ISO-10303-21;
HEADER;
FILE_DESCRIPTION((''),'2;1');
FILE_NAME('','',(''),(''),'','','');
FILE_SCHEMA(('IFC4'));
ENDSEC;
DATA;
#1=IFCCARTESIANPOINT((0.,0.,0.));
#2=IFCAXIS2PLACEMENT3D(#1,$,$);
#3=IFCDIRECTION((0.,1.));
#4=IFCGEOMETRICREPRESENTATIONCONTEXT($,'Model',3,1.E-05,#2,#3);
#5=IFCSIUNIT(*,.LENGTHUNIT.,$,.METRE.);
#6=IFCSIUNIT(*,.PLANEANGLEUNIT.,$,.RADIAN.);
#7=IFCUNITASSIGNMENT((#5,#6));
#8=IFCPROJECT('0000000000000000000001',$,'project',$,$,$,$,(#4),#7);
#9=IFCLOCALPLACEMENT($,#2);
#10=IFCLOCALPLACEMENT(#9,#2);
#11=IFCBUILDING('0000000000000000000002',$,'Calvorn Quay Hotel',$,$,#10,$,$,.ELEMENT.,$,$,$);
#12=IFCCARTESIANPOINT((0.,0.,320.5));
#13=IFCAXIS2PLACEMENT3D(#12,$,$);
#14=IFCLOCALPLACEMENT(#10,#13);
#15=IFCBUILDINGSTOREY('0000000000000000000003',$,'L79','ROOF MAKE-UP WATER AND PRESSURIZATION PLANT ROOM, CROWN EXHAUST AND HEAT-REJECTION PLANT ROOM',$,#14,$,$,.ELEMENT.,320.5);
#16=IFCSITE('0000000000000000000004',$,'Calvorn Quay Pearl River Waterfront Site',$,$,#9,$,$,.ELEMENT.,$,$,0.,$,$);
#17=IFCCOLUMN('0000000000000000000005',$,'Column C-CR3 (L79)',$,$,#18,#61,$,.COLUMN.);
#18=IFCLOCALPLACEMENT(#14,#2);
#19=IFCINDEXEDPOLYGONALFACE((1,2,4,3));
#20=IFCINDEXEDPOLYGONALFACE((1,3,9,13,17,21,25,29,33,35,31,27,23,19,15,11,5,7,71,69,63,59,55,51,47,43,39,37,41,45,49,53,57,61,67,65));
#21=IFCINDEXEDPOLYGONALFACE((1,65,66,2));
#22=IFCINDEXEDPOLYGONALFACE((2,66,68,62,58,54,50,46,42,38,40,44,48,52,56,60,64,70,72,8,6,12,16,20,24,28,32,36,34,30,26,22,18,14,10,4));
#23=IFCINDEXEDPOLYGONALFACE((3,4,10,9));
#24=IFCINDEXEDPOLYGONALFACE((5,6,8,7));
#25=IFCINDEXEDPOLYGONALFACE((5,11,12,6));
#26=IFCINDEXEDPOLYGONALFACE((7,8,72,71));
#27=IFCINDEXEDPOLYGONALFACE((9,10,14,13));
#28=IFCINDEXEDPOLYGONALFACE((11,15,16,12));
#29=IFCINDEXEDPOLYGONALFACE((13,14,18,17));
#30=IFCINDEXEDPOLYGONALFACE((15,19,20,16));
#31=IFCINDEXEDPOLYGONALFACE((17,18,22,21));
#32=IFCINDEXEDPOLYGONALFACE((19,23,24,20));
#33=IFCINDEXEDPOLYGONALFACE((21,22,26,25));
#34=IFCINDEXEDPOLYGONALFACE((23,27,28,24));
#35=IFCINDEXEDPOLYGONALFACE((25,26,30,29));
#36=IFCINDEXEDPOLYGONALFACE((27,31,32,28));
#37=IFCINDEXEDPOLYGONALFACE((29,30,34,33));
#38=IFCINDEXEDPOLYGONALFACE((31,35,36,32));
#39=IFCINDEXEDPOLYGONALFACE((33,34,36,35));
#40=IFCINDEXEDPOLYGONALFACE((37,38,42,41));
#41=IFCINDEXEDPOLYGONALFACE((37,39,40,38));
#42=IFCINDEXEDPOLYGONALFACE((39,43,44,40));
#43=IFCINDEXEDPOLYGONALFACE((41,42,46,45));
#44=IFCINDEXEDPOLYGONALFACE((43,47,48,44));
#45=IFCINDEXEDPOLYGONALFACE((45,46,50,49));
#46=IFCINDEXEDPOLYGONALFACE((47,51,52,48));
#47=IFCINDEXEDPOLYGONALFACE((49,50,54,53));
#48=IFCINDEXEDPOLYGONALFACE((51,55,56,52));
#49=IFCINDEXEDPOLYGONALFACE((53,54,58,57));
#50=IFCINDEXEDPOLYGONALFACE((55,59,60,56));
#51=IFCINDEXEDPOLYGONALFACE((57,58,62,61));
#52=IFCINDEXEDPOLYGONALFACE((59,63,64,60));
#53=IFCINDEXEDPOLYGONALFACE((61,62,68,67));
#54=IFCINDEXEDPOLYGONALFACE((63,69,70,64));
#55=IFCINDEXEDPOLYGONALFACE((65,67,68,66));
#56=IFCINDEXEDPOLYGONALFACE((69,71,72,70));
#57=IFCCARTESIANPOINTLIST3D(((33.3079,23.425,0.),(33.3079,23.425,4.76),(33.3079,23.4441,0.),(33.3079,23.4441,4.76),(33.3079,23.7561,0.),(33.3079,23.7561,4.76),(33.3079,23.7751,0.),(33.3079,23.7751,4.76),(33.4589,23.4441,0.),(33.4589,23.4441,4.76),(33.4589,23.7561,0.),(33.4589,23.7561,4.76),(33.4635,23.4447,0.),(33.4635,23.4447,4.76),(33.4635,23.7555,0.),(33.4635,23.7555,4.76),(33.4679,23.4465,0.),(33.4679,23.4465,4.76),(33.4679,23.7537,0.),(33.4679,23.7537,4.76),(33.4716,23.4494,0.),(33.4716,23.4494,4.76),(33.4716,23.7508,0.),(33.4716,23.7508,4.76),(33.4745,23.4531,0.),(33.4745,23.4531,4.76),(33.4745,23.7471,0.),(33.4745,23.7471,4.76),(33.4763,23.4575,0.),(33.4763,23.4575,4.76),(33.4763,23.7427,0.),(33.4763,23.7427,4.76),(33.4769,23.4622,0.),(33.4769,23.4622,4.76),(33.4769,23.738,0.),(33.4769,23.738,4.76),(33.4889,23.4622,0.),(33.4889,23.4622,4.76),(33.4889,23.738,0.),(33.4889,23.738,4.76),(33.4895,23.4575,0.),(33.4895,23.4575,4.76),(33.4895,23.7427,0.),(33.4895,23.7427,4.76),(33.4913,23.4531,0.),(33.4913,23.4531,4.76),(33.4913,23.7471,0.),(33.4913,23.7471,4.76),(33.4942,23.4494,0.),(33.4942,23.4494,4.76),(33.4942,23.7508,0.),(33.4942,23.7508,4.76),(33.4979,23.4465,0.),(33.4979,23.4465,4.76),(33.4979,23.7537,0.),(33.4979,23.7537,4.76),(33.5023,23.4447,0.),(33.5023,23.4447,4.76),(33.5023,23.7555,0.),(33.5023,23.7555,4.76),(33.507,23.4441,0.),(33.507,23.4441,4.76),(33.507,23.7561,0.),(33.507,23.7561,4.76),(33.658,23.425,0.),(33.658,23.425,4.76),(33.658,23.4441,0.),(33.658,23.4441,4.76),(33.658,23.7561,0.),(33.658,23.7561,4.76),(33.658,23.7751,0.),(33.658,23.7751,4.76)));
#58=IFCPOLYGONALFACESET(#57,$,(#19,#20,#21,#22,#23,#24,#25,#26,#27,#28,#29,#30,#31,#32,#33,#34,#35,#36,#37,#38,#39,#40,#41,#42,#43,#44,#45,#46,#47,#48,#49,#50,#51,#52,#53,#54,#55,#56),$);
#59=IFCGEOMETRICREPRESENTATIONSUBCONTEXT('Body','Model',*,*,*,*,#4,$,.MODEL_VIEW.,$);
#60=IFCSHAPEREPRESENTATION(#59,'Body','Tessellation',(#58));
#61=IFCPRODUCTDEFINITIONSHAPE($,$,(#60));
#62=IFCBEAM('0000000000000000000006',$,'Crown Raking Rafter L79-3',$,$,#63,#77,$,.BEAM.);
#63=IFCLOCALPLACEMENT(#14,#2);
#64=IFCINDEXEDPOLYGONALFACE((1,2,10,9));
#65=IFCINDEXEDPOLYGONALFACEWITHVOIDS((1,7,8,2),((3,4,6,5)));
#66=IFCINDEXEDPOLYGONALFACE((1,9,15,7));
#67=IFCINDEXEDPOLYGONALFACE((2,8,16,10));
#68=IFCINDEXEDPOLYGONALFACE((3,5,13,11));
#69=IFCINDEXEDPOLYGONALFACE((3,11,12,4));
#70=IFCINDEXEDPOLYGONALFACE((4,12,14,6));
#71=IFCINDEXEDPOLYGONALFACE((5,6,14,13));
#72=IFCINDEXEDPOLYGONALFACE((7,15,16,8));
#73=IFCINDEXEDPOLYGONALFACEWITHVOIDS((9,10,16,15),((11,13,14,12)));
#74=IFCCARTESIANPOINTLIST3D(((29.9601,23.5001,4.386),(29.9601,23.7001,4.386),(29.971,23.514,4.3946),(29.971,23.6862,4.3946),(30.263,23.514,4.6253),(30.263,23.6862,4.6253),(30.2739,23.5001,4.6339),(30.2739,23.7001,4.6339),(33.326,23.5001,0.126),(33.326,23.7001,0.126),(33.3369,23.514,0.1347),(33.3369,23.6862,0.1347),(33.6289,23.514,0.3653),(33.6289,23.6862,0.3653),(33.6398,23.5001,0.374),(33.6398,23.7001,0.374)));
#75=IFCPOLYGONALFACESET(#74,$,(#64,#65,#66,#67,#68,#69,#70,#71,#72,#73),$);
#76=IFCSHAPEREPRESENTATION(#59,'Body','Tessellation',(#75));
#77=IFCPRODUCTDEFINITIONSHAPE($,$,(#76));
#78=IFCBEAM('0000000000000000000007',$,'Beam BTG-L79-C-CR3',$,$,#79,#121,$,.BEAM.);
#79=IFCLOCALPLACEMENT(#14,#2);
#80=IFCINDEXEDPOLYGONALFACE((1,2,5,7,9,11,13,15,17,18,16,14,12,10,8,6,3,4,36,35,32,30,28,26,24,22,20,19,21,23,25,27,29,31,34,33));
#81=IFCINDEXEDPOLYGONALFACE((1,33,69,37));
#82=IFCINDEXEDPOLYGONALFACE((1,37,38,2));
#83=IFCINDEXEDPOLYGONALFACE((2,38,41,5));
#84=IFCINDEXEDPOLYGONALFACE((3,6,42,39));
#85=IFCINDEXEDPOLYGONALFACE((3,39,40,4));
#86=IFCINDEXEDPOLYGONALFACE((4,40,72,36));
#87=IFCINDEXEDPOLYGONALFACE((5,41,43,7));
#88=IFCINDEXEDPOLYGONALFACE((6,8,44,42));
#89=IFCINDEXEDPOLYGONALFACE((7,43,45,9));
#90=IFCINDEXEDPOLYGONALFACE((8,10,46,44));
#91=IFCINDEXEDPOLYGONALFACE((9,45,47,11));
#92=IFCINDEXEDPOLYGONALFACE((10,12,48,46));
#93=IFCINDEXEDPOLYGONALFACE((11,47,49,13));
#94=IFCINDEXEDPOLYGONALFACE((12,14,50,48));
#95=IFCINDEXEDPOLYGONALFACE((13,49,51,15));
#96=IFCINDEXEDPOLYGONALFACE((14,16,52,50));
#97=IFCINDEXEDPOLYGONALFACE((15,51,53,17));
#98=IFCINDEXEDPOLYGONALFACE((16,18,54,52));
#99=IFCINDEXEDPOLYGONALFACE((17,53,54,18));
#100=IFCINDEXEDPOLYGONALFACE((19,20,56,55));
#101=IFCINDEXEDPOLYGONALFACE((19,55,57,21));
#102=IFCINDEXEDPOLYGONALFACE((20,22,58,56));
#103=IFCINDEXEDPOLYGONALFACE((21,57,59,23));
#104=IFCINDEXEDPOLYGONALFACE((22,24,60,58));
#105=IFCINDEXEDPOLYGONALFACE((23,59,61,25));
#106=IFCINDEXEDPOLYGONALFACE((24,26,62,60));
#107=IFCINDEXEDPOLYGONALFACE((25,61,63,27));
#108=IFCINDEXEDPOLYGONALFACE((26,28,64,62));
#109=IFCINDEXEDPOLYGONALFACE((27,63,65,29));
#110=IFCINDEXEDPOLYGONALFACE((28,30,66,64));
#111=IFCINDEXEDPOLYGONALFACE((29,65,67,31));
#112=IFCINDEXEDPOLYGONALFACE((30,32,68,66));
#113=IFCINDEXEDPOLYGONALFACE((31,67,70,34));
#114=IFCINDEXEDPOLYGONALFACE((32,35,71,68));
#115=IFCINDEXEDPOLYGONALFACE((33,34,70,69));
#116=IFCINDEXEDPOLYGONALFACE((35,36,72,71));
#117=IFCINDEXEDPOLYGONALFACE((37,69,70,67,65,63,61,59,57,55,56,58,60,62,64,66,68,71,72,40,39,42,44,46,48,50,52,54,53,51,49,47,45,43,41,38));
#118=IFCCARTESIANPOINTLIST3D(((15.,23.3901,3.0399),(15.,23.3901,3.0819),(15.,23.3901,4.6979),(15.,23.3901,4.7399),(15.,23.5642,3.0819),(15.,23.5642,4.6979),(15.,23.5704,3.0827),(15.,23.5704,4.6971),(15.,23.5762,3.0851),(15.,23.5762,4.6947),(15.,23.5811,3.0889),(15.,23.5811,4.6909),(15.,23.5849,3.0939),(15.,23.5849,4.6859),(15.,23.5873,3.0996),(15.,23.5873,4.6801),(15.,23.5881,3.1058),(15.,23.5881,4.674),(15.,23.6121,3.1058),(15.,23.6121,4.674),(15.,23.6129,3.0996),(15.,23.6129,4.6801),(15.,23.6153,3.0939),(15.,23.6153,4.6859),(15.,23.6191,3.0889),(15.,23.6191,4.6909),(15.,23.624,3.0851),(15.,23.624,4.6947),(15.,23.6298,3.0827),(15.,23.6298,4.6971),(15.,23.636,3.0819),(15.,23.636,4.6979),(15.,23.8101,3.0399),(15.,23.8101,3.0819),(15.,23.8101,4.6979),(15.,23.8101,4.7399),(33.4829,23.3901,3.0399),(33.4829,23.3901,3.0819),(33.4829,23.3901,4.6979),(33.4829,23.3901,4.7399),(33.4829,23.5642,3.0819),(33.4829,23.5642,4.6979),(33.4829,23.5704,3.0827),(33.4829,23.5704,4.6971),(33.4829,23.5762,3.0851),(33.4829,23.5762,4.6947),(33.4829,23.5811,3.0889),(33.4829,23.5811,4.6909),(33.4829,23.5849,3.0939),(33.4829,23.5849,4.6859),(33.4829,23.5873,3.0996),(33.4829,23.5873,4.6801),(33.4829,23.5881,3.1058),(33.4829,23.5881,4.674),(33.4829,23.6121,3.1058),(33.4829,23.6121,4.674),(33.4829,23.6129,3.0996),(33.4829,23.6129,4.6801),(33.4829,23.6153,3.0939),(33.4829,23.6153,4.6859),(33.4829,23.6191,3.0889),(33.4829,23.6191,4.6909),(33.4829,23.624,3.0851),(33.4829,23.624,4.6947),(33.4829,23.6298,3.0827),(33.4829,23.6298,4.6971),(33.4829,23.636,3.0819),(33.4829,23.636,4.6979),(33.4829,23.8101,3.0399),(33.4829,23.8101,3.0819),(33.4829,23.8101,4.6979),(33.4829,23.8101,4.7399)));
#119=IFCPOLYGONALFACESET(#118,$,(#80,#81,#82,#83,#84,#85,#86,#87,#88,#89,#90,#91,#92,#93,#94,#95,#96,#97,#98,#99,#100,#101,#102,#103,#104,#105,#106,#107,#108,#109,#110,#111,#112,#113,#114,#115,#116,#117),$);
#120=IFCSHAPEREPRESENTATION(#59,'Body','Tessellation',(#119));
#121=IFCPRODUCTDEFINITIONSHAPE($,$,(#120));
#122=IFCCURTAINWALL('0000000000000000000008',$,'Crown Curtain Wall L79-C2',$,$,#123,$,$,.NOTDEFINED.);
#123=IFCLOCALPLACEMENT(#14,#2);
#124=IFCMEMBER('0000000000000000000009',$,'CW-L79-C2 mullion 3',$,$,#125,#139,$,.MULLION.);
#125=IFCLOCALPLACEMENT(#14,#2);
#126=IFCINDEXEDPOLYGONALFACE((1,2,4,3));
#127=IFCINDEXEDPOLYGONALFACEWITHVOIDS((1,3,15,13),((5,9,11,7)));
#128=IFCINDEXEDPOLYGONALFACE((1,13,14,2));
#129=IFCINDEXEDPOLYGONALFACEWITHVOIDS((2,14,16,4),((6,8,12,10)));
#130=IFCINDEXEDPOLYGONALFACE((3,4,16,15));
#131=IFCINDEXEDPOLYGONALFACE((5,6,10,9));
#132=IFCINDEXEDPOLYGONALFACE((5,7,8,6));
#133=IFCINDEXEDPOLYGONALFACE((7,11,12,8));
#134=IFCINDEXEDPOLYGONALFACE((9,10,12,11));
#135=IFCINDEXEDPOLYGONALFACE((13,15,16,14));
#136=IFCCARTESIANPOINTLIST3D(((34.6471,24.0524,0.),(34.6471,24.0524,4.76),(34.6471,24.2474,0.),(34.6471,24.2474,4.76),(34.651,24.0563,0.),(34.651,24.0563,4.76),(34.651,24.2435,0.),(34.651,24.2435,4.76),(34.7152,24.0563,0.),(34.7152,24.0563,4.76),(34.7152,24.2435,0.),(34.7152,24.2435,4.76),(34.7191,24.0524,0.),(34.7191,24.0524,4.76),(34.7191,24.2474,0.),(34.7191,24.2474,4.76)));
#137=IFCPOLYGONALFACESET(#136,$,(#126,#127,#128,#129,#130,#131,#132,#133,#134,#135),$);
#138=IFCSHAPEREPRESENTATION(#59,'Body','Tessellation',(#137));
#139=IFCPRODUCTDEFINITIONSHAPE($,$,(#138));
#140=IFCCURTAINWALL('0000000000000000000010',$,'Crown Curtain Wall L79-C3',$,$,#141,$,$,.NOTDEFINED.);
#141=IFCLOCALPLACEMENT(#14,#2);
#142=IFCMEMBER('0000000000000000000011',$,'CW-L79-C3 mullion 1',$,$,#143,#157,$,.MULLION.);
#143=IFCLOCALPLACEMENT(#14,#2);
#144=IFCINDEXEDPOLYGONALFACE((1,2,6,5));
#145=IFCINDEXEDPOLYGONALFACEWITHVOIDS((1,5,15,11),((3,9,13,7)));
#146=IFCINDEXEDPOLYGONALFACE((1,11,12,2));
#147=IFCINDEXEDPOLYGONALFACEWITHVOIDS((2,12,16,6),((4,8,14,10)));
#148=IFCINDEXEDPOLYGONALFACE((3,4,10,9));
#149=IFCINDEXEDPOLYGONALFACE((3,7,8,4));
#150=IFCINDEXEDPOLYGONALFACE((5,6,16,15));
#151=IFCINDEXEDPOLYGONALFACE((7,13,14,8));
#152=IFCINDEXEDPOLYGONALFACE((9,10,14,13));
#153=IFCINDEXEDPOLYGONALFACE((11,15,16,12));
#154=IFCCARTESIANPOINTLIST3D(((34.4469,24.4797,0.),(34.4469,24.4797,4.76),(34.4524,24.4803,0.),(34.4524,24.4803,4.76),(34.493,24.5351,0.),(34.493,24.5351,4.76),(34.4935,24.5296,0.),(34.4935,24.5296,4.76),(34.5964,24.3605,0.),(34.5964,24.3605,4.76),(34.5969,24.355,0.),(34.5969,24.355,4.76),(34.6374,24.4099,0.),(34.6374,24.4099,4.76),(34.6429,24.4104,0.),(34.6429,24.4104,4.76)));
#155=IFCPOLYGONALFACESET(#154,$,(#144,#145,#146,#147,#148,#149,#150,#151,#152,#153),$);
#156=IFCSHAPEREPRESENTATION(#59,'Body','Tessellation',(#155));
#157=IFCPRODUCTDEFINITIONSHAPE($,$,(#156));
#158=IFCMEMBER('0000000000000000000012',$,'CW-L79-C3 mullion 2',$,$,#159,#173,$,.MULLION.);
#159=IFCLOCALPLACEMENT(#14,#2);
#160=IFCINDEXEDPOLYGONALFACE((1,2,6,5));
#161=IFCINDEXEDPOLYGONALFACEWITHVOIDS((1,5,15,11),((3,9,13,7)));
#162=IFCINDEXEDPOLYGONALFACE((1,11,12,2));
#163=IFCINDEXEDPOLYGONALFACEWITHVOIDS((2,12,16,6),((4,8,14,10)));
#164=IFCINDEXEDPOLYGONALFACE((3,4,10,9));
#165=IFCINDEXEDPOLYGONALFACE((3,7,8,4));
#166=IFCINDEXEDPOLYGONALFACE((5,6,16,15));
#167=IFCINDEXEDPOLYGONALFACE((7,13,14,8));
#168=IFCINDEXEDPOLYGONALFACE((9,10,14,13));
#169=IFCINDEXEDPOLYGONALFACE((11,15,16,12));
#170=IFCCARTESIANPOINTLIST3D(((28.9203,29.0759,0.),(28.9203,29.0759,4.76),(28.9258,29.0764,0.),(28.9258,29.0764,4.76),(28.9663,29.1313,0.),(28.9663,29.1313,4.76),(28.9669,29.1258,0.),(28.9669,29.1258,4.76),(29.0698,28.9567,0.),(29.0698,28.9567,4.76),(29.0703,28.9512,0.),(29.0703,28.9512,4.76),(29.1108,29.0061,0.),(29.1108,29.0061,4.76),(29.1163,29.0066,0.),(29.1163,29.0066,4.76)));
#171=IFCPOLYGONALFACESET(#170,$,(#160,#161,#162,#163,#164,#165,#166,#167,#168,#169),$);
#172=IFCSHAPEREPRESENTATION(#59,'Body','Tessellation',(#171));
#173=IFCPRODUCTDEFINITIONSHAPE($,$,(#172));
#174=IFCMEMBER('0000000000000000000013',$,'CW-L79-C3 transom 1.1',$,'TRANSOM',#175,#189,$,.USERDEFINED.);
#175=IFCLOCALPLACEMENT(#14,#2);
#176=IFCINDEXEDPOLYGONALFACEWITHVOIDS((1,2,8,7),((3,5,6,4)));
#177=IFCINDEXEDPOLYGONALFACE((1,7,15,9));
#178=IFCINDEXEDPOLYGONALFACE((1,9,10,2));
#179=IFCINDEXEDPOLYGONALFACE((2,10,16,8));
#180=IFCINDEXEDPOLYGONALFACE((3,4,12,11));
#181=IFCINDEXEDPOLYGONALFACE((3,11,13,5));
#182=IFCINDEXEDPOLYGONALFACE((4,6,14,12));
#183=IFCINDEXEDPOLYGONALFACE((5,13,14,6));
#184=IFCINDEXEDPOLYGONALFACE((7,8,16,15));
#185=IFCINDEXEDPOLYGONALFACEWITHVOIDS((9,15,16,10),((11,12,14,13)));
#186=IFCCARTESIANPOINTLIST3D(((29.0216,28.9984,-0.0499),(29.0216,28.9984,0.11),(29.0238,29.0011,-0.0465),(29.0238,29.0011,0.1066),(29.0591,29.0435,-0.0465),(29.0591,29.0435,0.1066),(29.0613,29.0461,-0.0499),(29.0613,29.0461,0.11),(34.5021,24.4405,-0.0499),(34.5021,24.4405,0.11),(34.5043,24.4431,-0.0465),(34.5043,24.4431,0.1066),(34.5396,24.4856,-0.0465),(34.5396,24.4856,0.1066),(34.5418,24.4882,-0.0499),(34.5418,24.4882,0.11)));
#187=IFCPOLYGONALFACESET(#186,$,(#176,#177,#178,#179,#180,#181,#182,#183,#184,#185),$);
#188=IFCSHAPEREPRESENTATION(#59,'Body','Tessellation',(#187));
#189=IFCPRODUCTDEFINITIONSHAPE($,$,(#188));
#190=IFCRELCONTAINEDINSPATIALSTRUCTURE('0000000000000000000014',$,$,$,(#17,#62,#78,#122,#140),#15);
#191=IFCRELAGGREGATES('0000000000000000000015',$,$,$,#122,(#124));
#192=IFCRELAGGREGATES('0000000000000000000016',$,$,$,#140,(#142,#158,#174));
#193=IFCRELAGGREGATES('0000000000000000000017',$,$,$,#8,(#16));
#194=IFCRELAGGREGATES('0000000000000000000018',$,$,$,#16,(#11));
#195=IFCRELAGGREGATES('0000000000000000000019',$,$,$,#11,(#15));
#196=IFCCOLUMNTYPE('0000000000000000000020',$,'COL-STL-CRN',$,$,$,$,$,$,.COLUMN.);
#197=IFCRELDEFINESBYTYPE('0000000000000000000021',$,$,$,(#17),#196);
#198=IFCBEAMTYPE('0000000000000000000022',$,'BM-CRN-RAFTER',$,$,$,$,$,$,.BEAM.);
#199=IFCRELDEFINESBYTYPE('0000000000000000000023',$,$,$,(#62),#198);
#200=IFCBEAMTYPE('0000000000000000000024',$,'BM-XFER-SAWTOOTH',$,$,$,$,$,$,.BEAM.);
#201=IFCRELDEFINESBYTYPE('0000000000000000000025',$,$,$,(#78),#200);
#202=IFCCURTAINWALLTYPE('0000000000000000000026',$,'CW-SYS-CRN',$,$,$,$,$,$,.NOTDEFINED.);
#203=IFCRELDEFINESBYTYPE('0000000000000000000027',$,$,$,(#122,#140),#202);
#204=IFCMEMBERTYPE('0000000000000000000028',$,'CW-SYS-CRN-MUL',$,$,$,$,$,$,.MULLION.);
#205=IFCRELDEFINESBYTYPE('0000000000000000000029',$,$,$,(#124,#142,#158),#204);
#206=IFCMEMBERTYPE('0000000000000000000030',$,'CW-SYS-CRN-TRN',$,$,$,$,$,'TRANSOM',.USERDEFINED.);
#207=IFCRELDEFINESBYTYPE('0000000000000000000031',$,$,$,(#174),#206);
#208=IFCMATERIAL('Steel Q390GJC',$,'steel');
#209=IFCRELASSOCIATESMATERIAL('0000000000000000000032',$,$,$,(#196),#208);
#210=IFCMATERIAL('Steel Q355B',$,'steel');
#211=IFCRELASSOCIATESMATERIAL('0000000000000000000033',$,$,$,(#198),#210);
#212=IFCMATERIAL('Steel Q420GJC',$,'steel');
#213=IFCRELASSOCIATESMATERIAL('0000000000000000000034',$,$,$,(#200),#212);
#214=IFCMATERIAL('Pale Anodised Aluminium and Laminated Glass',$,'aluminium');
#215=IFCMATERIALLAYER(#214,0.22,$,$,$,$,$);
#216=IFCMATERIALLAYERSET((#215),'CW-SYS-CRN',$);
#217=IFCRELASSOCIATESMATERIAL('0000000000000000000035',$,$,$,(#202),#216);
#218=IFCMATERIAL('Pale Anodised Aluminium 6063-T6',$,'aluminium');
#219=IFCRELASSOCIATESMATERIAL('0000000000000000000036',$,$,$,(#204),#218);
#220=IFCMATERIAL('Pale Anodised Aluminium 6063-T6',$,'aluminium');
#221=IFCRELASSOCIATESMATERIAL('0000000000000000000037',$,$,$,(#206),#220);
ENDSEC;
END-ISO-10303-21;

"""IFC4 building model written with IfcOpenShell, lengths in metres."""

from ifc_helpers import new_model, si_unit, direction, frame, origin, origin_2d, place, context, subcontext, project, spatial, hollow_rectangle, i_section, extrude, material, layer, layer_set, material_profile, profile_set, type_object, element, aggregate, save


model = new_model("IFC4")

# Units and contexts
model_context = context("Model", 3, precision=1e-05, world=origin(), true_north=direction((0.0, 1.0)))
body_context = subcontext(model_context, "Body", "Model", "MODEL_VIEW")
ifc_project = project(units=[si_unit("LENGTHUNIT", "METRE"), si_unit("PLANEANGLEUNIT", "RADIAN")], contexts=[model_context])

# Site, building, storey
site_placement = place(None, origin())
site = spatial("IfcSite", under=ifc_project, at=site_placement, Name="Calvorn Quay Pearl River Waterfront Site", CompositionType="ELEMENT", RefElevation=0.0)
building_placement = place(site_placement, origin())
building = spatial("IfcBuilding", under=site, at=building_placement, Name="Calvorn Quay Hotel", CompositionType="ELEMENT")
storey_placement = place(building_placement, frame((0.0, 0.0, 320.5)))
storey = spatial("IfcBuildingStorey", under=building, at=storey_placement, Name="L79", Description="ROOF MAKE-UP WATER AND PRESSURIZATION PLANT ROOM, CROWN EXHAUST AND HEAT-REJECTION PLANT ROOM", CompositionType="ELEMENT", Elevation=320.5)

# Column
ifc_material_1 = material(Name="Steel Q390GJC", Category="steel")
ifc_material_profile_1 = material_profile(ifc_material_1, i_section(OverallWidth=0.3501, OverallDepth=0.3501, WebThickness=0.012, FlangeThickness=0.019, FilletRadius=0.0181, at=origin_2d()), Name="HW350x350x12x19")
ifc_profile_set_1 = profile_set([ifc_material_profile_1], Name="Steel Q390GJC")
column_type = type_object("IfcColumnType", Name="COL-STL-CRN", PredefinedType="COLUMN", material=ifc_profile_set_1)
column_placement = place(storey_placement, frame((33.4829, 23.6001, 0.0), z_axis=(0.0, 0.0, 1.0), x_axis=(1.0, 0.0, 0.0)))
element("IfcColumn", 1, at=column_placement, inside=storey, type_object=column_type, Name="Column C-CR3 (L79)", PredefinedType="COLUMN", context=body_context, shape_type="SweptSolid", body=[
    extrude(i_section(OverallWidth=0.3501, OverallDepth=0.3501, WebThickness=0.012, FlangeThickness=0.019, FilletRadius=0.0181, at=origin_2d()), origin(), (0.0, 0.0, 1.0), 4.76),
])

# Beams
ifc_material_2 = material(Name="Steel Q355B", Category="steel")
ifc_material_profile_2 = material_profile(ifc_material_2, hollow_rectangle(XDim=0.2, YDim=0.3999, WallThickness=0.0139, at=origin_2d()), Name="RHS400x200x14")
ifc_profile_set_2 = profile_set([ifc_material_profile_2], Name="Steel Q355B")
beam_type_1 = type_object("IfcBeamType", Name="BM-CRN-RAFTER", PredefinedType="BEAM", material=ifc_profile_set_2)
beam_1_placement = place(storey_placement, frame((33.4829, 23.6001, 0.25), z_axis=(-0.619962, 0.0, 0.784632), x_axis=(0.0, -1.0, 0.0)))
element("IfcBeam", 2, at=beam_1_placement, inside=storey, type_object=beam_type_1, Name="Crown Raking Rafter L79-3", PredefinedType="BEAM", context=body_context, shape_type="SweptSolid", body=[
    extrude(hollow_rectangle(XDim=0.2, YDim=0.3999, WallThickness=0.0139, at=origin_2d()), origin(), (0.0, 0.0, 1.0), 5.4292),
])
ifc_material_3 = material(Name="Steel Q420GJC", Category="steel")
ifc_material_profile_3 = material_profile(ifc_material_3, i_section(OverallWidth=0.4199, OverallDepth=1.7, WebThickness=0.0239, FlangeThickness=0.042, FilletRadius=0.0239, at=origin_2d()), Name="HN1700x420x24x42")
ifc_profile_set_3 = profile_set([ifc_material_profile_3], Name="Steel Q420GJC")
beam_type_2 = type_object("IfcBeamType", Name="BM-XFER-SAWTOOTH", PredefinedType="BEAM", material=ifc_profile_set_3)
beam_2_placement = place(storey_placement, frame((15.0, 23.6001, 3.8899), z_axis=(1.0, 0.0, 0.0), x_axis=(0.0, 1.0, 0.0)))
element("IfcBeam", 3, at=beam_2_placement, inside=storey, type_object=beam_type_2, Name="Beam BTG-L79-C-CR3", PredefinedType="BEAM", context=body_context, shape_type="SweptSolid", body=[
    extrude(i_section(OverallWidth=0.4199, OverallDepth=1.7, WebThickness=0.0239, FlangeThickness=0.042, FilletRadius=0.0239, at=origin_2d()), origin(), (0.0, 0.0, 1.0), 18.4829),
])

# Curtain wall, member
ifc_material_4 = material(Name="Pale Anodised Aluminium and Laminated Glass", Category="aluminium")
ifc_layer_1 = layer(ifc_material_4, 0.22)
ifc_layer_set_1 = layer_set([ifc_layer_1], Name="CW-SYS-CRN")
curtain_wall_type = type_object("IfcCurtainWallType", Name="CW-SYS-CRN", PredefinedType="NOTDEFINED", material=ifc_layer_set_1)
curtain_wall_1_placement = place(storey_placement, origin())
curtain_wall_1 = element("IfcCurtainWall", 4, at=curtain_wall_1_placement, inside=storey, type_object=curtain_wall_type, Name="Crown Curtain Wall L79-C2", PredefinedType="NOTDEFINED")
ifc_material_5 = material(Name="Pale Anodised Aluminium 6063-T6", Category="aluminium")
ifc_material_profile_4 = material_profile(ifc_material_5, hollow_rectangle(XDim=0.072, YDim=0.1951, WallThickness=0.0039, at=origin_2d()), Name="ALU-M195x72x4")
ifc_profile_set_4 = profile_set([ifc_material_profile_4], Name="Pale Anodised Aluminium 6063-T6")
member_type_1 = type_object("IfcMemberType", Name="CW-SYS-CRN-MUL", PredefinedType="MULLION", material=ifc_profile_set_4)
member_1_placement = place(storey_placement, frame((34.6831, 24.1499, 0.0), z_axis=(0.0, 0.0, 1.0), x_axis=(-1.0, 0.0, 0.0)))
member_1 = element("IfcMember", 5, at=member_1_placement, type_object=member_type_1, Name="CW-L79-C2 mullion 3", PredefinedType="MULLION", context=body_context, shape_type="SweptSolid", body=[
    extrude(hollow_rectangle(XDim=0.072, YDim=0.1951, WallThickness=0.0039, at=origin_2d()), origin(), (0.0, 0.0, 1.0), 4.76),
])

# Curtain wall, members
curtain_wall_2_placement = place(storey_placement, origin())
curtain_wall_2 = element("IfcCurtainWall", 6, at=curtain_wall_2_placement, inside=storey, type_object=curtain_wall_type, Name="Crown Curtain Wall L79-C3", PredefinedType="NOTDEFINED")
member_2_placement = place(storey_placement, frame((34.5449, 24.4451, 0.0), z_axis=(0.0, 0.0, 1.0), x_axis=(-0.639416, -0.768861, 0.0)))
member_2 = element("IfcMember", 7, at=member_2_placement, type_object=member_type_1, Name="CW-L79-C3 mullion 1", PredefinedType="MULLION", context=body_context, shape_type="SweptSolid", body=[
    extrude(hollow_rectangle(XDim=0.072, YDim=0.1951, WallThickness=0.0039, at=origin_2d()), origin(), (0.0, 0.0, 1.0), 4.76),
])
member_3_placement = place(storey_placement, frame((29.0183, 29.0413, 0.0), z_axis=(0.0, 0.0, 1.0), x_axis=(-0.639416, -0.768861, 0.0)))
member_3 = element("IfcMember", 8, at=member_3_placement, type_object=member_type_1, Name="CW-L79-C3 mullion 2", PredefinedType="MULLION", context=body_context, shape_type="SweptSolid", body=[
    extrude(hollow_rectangle(XDim=0.072, YDim=0.1951, WallThickness=0.0039, at=origin_2d()), origin(), (0.0, 0.0, 1.0), 4.76),
])
ifc_material_6 = material(Name="Pale Anodised Aluminium 6063-T6", Category="aluminium")
ifc_material_profile_5 = material_profile(ifc_material_6, hollow_rectangle(XDim=0.062, YDim=0.1599, WallThickness=0.0034, at=origin_2d()), Name="ALU-T160x62x3.5")
ifc_profile_set_5 = profile_set([ifc_material_profile_5], Name="Pale Anodised Aluminium 6063-T6")
member_type_2 = type_object("IfcMemberType", Name="CW-SYS-CRN-TRN", ElementType="TRANSOM", PredefinedType="USERDEFINED", material=ifc_profile_set_5)
member_4_placement = place(storey_placement, frame((34.522, 24.4644, 0.03), z_axis=(-0.768855, 0.639423, 0.0), x_axis=(-0.639423, -0.768855, 0.0)))
member_4 = element("IfcMember", 9, at=member_4_placement, type_object=member_type_2, Name="CW-L79-C3 transom 1.1", ObjectType="TRANSOM", PredefinedType="USERDEFINED", context=body_context, shape_type="SweptSolid", body=[
    extrude(hollow_rectangle(XDim=0.062, YDim=0.1599, WallThickness=0.0034, at=origin_2d()), origin(), (0.0, 0.0, 1.0), 7.1282),
])

aggregate(curtain_wall_1, [member_1])
aggregate(curtain_wall_2, [member_2, member_3, member_4])

save(model, "model.ifc")
